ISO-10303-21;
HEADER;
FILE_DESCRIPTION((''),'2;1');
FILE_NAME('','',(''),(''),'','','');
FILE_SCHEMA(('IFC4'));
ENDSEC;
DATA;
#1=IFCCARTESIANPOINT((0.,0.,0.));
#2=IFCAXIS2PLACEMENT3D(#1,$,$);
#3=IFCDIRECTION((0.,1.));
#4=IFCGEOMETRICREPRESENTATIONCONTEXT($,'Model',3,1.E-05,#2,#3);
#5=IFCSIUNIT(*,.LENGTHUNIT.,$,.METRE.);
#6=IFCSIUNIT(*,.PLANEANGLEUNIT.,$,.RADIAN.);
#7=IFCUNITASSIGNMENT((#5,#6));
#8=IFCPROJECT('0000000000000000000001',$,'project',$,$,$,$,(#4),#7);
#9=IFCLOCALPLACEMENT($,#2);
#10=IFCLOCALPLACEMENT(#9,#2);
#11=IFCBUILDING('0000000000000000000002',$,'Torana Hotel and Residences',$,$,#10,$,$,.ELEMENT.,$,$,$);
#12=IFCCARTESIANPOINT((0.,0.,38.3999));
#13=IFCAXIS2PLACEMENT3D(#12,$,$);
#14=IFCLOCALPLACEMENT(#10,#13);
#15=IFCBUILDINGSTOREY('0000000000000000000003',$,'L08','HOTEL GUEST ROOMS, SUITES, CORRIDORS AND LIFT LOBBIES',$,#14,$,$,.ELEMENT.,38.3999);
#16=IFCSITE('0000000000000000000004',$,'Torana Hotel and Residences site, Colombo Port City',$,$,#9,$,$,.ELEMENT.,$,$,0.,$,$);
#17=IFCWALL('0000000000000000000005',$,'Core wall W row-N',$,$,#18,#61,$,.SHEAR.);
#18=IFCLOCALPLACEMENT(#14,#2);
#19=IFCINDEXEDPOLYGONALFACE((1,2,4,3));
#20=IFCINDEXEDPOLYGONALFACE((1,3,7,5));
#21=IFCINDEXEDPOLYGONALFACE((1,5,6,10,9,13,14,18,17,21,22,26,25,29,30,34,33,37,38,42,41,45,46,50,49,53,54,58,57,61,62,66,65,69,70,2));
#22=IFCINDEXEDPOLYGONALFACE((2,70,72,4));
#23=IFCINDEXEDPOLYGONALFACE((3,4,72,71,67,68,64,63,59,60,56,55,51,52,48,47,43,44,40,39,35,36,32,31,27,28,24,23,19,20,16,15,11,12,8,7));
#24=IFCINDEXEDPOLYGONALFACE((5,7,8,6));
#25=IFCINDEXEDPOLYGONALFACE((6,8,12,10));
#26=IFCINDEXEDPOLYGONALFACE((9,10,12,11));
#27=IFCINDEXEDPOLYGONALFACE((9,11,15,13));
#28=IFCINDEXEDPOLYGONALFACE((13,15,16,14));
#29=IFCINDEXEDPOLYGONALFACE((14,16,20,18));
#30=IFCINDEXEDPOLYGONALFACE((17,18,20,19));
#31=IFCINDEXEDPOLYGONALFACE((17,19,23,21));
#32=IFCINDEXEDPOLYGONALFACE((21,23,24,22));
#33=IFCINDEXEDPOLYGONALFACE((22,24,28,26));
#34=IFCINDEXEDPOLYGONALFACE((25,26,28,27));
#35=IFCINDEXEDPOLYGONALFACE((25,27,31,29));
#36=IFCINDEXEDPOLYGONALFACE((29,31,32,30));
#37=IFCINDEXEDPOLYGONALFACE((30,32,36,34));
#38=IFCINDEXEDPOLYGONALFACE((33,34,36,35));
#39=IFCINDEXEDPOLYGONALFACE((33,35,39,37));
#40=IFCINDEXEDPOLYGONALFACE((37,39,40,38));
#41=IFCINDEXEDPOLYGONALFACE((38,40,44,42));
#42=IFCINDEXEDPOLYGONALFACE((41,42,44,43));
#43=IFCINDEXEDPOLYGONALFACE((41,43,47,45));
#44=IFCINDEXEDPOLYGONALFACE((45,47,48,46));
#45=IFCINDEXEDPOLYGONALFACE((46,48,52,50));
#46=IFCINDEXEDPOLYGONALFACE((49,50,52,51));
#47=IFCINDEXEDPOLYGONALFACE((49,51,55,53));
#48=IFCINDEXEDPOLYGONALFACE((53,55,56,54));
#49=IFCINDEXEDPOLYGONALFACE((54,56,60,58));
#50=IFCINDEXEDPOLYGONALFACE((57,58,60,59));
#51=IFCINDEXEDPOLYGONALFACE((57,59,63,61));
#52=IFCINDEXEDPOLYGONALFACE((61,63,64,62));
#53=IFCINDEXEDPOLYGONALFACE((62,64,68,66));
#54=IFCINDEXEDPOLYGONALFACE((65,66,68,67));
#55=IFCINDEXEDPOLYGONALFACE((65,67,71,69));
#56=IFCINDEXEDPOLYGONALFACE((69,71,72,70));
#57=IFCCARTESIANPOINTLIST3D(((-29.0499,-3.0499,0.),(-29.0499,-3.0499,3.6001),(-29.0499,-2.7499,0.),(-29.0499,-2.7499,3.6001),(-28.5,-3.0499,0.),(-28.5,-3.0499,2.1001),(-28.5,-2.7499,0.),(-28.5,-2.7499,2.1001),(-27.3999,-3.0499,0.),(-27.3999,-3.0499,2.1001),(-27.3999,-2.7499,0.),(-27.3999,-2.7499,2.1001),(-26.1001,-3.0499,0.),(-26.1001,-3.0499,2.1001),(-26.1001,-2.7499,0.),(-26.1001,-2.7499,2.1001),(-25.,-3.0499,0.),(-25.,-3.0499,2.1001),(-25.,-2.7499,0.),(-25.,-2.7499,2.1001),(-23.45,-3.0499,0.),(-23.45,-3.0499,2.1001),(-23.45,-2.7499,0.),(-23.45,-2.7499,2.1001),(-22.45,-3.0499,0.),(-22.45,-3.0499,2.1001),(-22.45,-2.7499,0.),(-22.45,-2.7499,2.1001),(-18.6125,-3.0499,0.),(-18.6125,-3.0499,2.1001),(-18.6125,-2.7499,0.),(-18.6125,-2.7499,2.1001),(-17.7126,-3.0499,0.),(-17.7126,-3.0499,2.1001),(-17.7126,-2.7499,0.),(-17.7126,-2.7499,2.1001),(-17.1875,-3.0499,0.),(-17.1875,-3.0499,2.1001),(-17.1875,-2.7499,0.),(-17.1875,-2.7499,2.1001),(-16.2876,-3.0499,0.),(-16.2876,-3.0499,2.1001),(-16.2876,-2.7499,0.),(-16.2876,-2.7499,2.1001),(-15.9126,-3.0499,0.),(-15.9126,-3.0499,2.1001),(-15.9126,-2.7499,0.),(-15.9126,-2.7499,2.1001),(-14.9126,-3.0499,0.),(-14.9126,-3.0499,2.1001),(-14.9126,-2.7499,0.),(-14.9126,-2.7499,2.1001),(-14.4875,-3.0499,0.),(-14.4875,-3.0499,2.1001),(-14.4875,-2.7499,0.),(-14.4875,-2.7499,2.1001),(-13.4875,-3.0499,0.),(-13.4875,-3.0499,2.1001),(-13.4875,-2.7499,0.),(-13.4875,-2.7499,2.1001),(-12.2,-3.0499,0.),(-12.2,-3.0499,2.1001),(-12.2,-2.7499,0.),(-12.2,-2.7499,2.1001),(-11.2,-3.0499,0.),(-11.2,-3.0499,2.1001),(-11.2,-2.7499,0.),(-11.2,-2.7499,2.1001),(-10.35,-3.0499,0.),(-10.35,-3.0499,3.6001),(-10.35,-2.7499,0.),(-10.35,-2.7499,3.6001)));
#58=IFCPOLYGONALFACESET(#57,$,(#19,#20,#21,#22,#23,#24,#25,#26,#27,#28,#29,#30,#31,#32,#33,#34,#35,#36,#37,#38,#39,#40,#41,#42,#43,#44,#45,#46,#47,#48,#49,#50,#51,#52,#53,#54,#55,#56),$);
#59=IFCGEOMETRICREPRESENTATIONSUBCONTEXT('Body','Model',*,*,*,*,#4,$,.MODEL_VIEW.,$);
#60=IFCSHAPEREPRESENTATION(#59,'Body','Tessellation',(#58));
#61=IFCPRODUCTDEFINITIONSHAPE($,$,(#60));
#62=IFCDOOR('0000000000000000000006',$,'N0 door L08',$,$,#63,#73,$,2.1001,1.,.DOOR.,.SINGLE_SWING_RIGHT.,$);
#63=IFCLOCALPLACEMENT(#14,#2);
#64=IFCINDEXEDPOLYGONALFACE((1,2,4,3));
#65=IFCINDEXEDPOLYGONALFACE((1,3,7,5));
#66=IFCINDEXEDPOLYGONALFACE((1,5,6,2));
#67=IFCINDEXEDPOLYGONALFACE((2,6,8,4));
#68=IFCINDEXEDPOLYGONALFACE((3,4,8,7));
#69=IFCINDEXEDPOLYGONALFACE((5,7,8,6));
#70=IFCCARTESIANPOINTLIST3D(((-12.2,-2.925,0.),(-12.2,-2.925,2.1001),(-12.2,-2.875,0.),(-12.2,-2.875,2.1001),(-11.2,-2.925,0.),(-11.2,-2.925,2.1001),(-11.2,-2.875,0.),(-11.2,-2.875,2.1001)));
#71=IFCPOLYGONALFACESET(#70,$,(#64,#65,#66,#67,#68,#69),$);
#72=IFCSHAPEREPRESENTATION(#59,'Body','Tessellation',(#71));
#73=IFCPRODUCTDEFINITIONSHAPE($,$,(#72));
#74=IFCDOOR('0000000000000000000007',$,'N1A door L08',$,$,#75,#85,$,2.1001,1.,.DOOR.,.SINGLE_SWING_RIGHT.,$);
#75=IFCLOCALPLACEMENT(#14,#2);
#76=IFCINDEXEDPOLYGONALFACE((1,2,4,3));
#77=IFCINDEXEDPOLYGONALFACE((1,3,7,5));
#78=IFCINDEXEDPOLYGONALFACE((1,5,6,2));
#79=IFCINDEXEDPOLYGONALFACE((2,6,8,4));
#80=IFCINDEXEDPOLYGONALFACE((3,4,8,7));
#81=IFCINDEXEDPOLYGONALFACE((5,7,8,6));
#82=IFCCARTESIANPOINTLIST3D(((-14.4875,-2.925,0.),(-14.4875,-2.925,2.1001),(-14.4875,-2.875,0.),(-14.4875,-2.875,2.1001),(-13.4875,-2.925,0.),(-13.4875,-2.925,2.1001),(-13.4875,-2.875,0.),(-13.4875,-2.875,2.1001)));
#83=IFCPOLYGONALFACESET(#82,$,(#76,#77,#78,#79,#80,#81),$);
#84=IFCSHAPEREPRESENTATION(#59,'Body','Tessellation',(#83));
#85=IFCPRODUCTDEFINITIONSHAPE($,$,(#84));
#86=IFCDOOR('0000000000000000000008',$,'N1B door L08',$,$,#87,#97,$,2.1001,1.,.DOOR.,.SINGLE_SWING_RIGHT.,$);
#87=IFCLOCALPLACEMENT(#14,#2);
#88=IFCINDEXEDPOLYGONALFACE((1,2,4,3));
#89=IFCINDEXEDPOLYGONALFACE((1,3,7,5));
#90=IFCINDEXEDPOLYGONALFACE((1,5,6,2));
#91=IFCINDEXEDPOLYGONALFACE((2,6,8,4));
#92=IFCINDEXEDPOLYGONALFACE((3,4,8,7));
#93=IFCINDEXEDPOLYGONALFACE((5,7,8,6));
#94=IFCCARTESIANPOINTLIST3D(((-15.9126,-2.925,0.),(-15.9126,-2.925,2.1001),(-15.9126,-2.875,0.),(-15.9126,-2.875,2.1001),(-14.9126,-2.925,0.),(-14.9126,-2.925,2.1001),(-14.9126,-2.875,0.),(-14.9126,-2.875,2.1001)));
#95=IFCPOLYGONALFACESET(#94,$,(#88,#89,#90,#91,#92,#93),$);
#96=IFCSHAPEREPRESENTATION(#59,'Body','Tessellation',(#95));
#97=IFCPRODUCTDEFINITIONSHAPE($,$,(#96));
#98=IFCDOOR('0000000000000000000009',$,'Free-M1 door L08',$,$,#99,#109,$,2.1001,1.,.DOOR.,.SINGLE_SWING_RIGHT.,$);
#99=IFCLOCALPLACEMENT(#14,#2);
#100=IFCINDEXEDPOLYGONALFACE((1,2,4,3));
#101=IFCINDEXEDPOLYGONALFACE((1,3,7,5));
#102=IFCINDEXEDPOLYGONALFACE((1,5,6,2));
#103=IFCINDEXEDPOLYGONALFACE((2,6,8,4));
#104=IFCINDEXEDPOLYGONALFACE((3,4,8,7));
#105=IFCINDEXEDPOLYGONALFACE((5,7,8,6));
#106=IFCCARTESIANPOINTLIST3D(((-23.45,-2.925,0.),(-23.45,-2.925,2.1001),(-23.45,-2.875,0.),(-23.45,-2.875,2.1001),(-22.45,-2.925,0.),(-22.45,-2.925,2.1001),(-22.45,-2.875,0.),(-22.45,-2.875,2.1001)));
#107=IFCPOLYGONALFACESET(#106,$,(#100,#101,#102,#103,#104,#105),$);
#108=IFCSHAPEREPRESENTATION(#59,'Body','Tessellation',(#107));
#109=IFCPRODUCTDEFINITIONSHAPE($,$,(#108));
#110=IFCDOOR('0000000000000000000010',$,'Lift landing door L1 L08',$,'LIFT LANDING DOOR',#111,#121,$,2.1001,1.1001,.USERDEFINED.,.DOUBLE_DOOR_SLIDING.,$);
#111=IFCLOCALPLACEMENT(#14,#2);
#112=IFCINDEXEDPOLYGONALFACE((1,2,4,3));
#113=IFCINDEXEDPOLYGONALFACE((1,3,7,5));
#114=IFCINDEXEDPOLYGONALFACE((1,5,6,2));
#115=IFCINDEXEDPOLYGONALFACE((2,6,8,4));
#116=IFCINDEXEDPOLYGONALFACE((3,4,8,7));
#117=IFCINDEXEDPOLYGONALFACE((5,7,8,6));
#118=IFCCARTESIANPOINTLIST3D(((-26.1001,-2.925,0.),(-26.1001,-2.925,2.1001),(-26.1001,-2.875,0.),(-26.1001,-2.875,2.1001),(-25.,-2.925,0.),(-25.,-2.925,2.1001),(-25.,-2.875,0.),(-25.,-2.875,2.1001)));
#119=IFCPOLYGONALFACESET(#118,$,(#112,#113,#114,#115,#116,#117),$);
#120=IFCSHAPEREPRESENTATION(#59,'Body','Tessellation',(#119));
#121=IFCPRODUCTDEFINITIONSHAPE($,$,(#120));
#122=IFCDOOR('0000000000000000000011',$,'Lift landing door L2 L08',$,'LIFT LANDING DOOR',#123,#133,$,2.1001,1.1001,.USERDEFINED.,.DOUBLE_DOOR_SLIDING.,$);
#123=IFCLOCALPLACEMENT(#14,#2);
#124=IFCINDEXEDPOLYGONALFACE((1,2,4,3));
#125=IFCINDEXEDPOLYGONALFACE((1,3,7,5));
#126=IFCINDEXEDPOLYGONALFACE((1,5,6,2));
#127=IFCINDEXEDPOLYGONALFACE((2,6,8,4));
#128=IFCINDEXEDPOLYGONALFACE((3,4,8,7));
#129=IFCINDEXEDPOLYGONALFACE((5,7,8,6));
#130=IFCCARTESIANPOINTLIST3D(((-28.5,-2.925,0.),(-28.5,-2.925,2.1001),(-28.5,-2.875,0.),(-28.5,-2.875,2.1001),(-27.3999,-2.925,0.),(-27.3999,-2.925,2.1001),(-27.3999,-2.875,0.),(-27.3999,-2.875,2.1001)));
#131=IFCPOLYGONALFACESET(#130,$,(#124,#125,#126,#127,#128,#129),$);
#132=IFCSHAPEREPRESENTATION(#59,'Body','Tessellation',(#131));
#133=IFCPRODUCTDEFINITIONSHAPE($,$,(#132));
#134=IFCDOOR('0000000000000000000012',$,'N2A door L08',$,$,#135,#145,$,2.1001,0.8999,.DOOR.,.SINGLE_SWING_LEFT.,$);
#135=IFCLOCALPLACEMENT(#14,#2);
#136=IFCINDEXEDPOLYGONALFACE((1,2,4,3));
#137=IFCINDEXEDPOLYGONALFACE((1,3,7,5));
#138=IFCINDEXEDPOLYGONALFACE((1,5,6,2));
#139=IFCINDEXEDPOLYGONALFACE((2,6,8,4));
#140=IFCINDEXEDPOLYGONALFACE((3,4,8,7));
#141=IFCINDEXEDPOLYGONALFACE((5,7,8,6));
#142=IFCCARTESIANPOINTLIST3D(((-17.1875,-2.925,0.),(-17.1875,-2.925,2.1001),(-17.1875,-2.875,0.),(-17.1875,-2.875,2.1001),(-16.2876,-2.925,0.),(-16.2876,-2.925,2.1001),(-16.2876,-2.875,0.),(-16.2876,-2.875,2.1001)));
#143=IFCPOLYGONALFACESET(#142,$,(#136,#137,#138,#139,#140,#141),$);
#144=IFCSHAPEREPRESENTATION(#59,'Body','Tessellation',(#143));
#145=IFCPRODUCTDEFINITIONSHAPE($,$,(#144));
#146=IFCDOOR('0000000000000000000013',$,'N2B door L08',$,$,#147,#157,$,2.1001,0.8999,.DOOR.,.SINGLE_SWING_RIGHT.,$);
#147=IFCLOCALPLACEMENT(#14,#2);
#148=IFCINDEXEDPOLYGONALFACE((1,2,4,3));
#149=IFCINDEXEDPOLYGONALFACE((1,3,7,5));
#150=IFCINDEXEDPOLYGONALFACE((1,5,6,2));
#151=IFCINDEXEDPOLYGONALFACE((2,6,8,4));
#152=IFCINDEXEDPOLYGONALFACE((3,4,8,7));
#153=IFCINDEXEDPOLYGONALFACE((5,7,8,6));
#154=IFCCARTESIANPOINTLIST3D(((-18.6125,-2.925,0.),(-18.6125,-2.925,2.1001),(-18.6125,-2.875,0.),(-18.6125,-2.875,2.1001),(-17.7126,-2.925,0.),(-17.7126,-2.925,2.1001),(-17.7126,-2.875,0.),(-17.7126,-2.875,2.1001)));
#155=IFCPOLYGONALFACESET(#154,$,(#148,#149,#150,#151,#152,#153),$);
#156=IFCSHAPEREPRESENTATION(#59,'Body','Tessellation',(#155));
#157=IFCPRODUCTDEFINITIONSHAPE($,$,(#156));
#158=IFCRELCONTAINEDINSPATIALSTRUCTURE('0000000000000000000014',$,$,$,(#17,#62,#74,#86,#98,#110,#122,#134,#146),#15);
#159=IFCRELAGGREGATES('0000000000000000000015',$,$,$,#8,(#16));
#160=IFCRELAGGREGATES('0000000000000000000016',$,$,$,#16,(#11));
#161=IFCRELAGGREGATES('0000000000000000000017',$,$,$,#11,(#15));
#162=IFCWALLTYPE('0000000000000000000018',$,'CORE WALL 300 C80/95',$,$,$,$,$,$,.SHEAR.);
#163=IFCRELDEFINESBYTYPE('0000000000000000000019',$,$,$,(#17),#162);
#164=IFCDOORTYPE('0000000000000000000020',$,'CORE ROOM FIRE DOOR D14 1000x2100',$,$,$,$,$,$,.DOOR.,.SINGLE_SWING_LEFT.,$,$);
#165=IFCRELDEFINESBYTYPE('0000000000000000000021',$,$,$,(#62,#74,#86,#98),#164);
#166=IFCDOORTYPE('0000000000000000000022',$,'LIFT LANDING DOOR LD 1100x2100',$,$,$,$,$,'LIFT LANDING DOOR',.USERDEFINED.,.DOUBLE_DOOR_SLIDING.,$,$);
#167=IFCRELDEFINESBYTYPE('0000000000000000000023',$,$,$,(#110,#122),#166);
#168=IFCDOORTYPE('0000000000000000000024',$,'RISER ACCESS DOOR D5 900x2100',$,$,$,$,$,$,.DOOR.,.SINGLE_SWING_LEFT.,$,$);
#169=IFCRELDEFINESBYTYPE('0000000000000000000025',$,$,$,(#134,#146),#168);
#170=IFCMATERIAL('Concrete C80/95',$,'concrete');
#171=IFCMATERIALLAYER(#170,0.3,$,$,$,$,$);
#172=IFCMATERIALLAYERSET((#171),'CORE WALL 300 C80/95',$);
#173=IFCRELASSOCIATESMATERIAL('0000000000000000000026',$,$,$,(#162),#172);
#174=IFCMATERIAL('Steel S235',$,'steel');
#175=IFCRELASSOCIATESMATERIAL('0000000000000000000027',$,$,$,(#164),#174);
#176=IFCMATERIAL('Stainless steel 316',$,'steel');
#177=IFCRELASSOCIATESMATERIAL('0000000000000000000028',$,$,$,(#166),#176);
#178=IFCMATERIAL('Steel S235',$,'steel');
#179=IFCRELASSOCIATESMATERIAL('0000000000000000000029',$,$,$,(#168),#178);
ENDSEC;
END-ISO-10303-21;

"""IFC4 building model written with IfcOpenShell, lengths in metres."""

from ifc_helpers import new_model, si_unit, direction, frame, frame_2d, origin, place, context, subcontext, project, spatial, rectangle, extrude, material, layer, layer_set, type_object, element, fill, save


model = new_model("IFC4")

# Units and contexts
model_context = context("Model", 3, precision=1e-05, world=origin(), true_north=direction((0.0, 1.0)))
body_context = subcontext(model_context, "Body", "Model", "MODEL_VIEW")
ifc_project = project(units=[si_unit("LENGTHUNIT", "METRE"), si_unit("PLANEANGLEUNIT", "RADIAN")], contexts=[model_context])

# Site, building, storey
site_placement = place(None, origin())
site = spatial("IfcSite", under=ifc_project, at=site_placement, Name="Torana Hotel and Residences site, Colombo Port City", CompositionType="ELEMENT", RefElevation=0.0)
building_placement = place(site_placement, origin())
building = spatial("IfcBuilding", under=site, at=building_placement, Name="Torana Hotel and Residences", CompositionType="ELEMENT")
storey_placement = place(building_placement, frame((0.0, 0.0, 38.3999)))
storey = spatial("IfcBuildingStorey", under=building, at=storey_placement, Name="L08", Description="HOTEL GUEST ROOMS, SUITES, CORRIDORS AND LIFT LOBBIES", CompositionType="ELEMENT", Elevation=38.3999)

# Wall, openings, doors
ifc_material_1 = material(Name="Concrete C80/95", Category="concrete")
ifc_layer_1 = layer(ifc_material_1, 0.3)
ifc_layer_set_1 = layer_set([ifc_layer_1], Name="CORE WALL 300 C80/95")
wall_type_1 = type_object("IfcWallType", Name="CORE WALL 300 C80/95", PredefinedType="SHEAR", material=ifc_layer_set_1)
wall_1_placement = place(storey_placement, frame((-29.05, -2.8999, 0.0), z_axis=(0.0, 0.0, 1.0), x_axis=(1.0, 0.0, 0.0)))
wall_1 = element("IfcWall", 1, at=wall_1_placement, inside=storey, type_object=wall_type_1, Name="Core wall W row-N", PredefinedType="SHEAR", context=body_context, shape_type="SweptSolid", body=[
    extrude(rectangle(XDim=18.7, YDim=0.3, at=frame_2d((9.3501, 0.0))), origin(), (0.0, 0.0, 1.0), 3.6001),
])
opening_1_placement = place(wall_1_placement, frame((2.95, 0.0, 0.0)))
opening_1 = element("IfcOpeningElement", 2, at=opening_1_placement, cuts=wall_1, PredefinedType="OPENING", context=body_context, shape_type="SweptSolid", body=[
    extrude(rectangle(XDim=1.1001, YDim=2.1001, at=frame_2d((0.55, 1.05))), frame((0.0, 0.1599, 0.0), z_axis=(0.0, -1.0, 0.0), x_axis=(1.0, 0.0, 0.0)), (0.0, 0.0, 1.0), 0.3201),
])
opening_2_placement = place(wall_1_placement, frame((0.55, 0.0, 0.0)))
opening_2 = element("IfcOpeningElement", 3, at=opening_2_placement, cuts=wall_1, PredefinedType="OPENING", context=body_context, shape_type="SweptSolid", body=[
    extrude(rectangle(XDim=1.1001, YDim=2.1001, at=frame_2d((0.55, 1.05))), frame((0.0, 0.1599, 0.0), z_axis=(0.0, -1.0, 0.0), x_axis=(1.0, 0.0, 0.0)), (0.0, 0.0, 1.0), 0.3201),
])
opening_3_placement = place(wall_1_placement, frame((11.8625, 0.0, 0.0)))
opening_3 = element("IfcOpeningElement", 4, at=opening_3_placement, cuts=wall_1, PredefinedType="OPENING", context=body_context, shape_type="SweptSolid", body=[
    extrude(rectangle(XDim=0.8999, YDim=2.1001, at=frame_2d((0.45, 1.05))), frame((0.0, 0.1599, 0.0), z_axis=(0.0, -1.0, 0.0), x_axis=(1.0, 0.0, 0.0)), (0.0, 0.0, 1.0), 0.3201),
])
opening_4_placement = place(wall_1_placement, frame((10.4375, 0.0, 0.0)))
opening_4 = element("IfcOpeningElement", 5, at=opening_4_placement, cuts=wall_1, PredefinedType="OPENING", context=body_context, shape_type="SweptSolid", body=[
    extrude(rectangle(XDim=0.8999, YDim=2.1001, at=frame_2d((0.45, 1.05))), frame((0.0, 0.1599, 0.0), z_axis=(0.0, -1.0, 0.0), x_axis=(1.0, 0.0, 0.0)), (0.0, 0.0, 1.0), 0.3201),
])
opening_5_placement = place(wall_1_placement, frame((16.8501, 0.0, 0.0)))
opening_5 = element("IfcOpeningElement", 6, at=opening_5_placement, cuts=wall_1, PredefinedType="OPENING", context=body_context, shape_type="SweptSolid", body=[
    extrude(rectangle(XDim=1.0, YDim=2.1001, at=frame_2d((0.5, 1.05))), frame((0.0, 0.1599, 0.0), z_axis=(0.0, -1.0, 0.0), x_axis=(1.0, 0.0, 0.0)), (0.0, 0.0, 1.0), 0.3201),
])
opening_6_placement = place(wall_1_placement, frame((14.5625, 0.0, 0.0)))
opening_6 = element("IfcOpeningElement", 7, at=opening_6_placement, cuts=wall_1, PredefinedType="OPENING", context=body_context, shape_type="SweptSolid", body=[
    extrude(rectangle(XDim=1.0, YDim=2.1001, at=frame_2d((0.5, 1.05))), frame((0.0, 0.1599, 0.0), z_axis=(0.0, -1.0, 0.0), x_axis=(1.0, 0.0, 0.0)), (0.0, 0.0, 1.0), 0.3201),
])
opening_7_placement = place(wall_1_placement, frame((13.1375, 0.0, 0.0)))
opening_7 = element("IfcOpeningElement", 8, at=opening_7_placement, cuts=wall_1, PredefinedType="OPENING", context=body_context, shape_type="SweptSolid", body=[
    extrude(rectangle(XDim=1.0, YDim=2.1001, at=frame_2d((0.5, 1.05))), frame((0.0, 0.1599, 0.0), z_axis=(0.0, -1.0, 0.0), x_axis=(1.0, 0.0, 0.0)), (0.0, 0.0, 1.0), 0.3201),
])
opening_8_placement = place(wall_1_placement, frame((5.6001, 0.0, 0.0)))
opening_8 = element("IfcOpeningElement", 9, at=opening_8_placement, cuts=wall_1, PredefinedType="OPENING", context=body_context, shape_type="SweptSolid", body=[
    extrude(rectangle(XDim=1.0, YDim=2.1001, at=frame_2d((0.5, 1.05))), frame((0.0, 0.1599, 0.0), z_axis=(0.0, -1.0, 0.0), x_axis=(1.0, 0.0, 0.0)), (0.0, 0.0, 1.0), 0.3201),
])
ifc_material_2 = material(Name="Steel S235", Category="steel")
door_type_1 = type_object("IfcDoorType", Name="CORE ROOM FIRE DOOR D14 1000x2100", OperationType="SINGLE_SWING_LEFT", PredefinedType="DOOR", material=ifc_material_2)
door_1_placement = place(opening_5_placement, origin())
door_1 = element("IfcDoor", 10, at=door_1_placement, inside=storey, type_object=door_type_1, Name="N0 door L08", OperationType="SINGLE_SWING_RIGHT", OverallHeight=2.1001, OverallWidth=1.0, PredefinedType="DOOR", context=body_context, shape_type="SweptSolid", body=[
    extrude(rectangle(XDim=1.0, YDim=2.1001, at=frame_2d((0.5, 1.05))), frame((0.0, 0.0249, 0.0), z_axis=(0.0, -1.0, 0.0), x_axis=(1.0, 0.0, 0.0)), (0.0, 0.0, 1.0), 0.05),
])
fill(opening_5, door_1)
door_2_placement = place(opening_6_placement, origin())
door_2 = element("IfcDoor", 11, at=door_2_placement, inside=storey, type_object=door_type_1, Name="N1A door L08", OperationType="SINGLE_SWING_RIGHT", OverallHeight=2.1001, OverallWidth=1.0, PredefinedType="DOOR", context=body_context, shape_type="SweptSolid", body=[
    extrude(rectangle(XDim=1.0, YDim=2.1001, at=frame_2d((0.5, 1.05))), frame((0.0, 0.0249, 0.0), z_axis=(0.0, -1.0, 0.0), x_axis=(1.0, 0.0, 0.0)), (0.0, 0.0, 1.0), 0.05),
])
fill(opening_6, door_2)
door_3_placement = place(opening_7_placement, origin())
door_3 = element("IfcDoor", 12, at=door_3_placement, inside=storey, type_object=door_type_1, Name="N1B door L08", OperationType="SINGLE_SWING_RIGHT", OverallHeight=2.1001, OverallWidth=1.0, PredefinedType="DOOR", context=body_context, shape_type="SweptSolid", body=[
    extrude(rectangle(XDim=1.0, YDim=2.1001, at=frame_2d((0.5, 1.05))), frame((0.0, 0.0249, 0.0), z_axis=(0.0, -1.0, 0.0), x_axis=(1.0, 0.0, 0.0)), (0.0, 0.0, 1.0), 0.05),
])
fill(opening_7, door_3)
door_4_placement = place(opening_8_placement, origin())
door_4 = element("IfcDoor", 13, at=door_4_placement, inside=storey, type_object=door_type_1, Name="Free-M1 door L08", OperationType="SINGLE_SWING_RIGHT", OverallHeight=2.1001, OverallWidth=1.0, PredefinedType="DOOR", context=body_context, shape_type="SweptSolid", body=[
    extrude(rectangle(XDim=1.0, YDim=2.1001, at=frame_2d((0.5, 1.05))), frame((0.0, 0.0249, 0.0), z_axis=(0.0, -1.0, 0.0), x_axis=(1.0, 0.0, 0.0)), (0.0, 0.0, 1.0), 0.05),
])
fill(opening_8, door_4)
ifc_material_3 = material(Name="Stainless steel 316", Category="steel")
door_type_2 = type_object("IfcDoorType", Name="LIFT LANDING DOOR LD 1100x2100", ElementType="LIFT LANDING DOOR", OperationType="DOUBLE_DOOR_SLIDING", PredefinedType="USERDEFINED", material=ifc_material_3)
door_5_placement = place(opening_1_placement, origin())
door_5 = element("IfcDoor", 14, at=door_5_placement, inside=storey, type_object=door_type_2, Name="Lift landing door L1 L08", ObjectType="LIFT LANDING DOOR", OperationType="DOUBLE_DOOR_SLIDING", OverallHeight=2.1001, OverallWidth=1.1001, PredefinedType="USERDEFINED", context=body_context, shape_type="SweptSolid", body=[
    extrude(rectangle(XDim=1.1001, YDim=2.1001, at=frame_2d((0.55, 1.05))), frame((0.0, 0.0249, 0.0), z_axis=(0.0, -1.0, 0.0), x_axis=(1.0, 0.0, 0.0)), (0.0, 0.0, 1.0), 0.05),
])
fill(opening_1, door_5)
door_6_placement = place(opening_2_placement, origin())
door_6 = element("IfcDoor", 15, at=door_6_placement, inside=storey, type_object=door_type_2, Name="Lift landing door L2 L08", ObjectType="LIFT LANDING DOOR", OperationType="DOUBLE_DOOR_SLIDING", OverallHeight=2.1001, OverallWidth=1.1001, PredefinedType="USERDEFINED", context=body_context, shape_type="SweptSolid", body=[
    extrude(rectangle(XDim=1.1001, YDim=2.1001, at=frame_2d((0.55, 1.05))), frame((0.0, 0.0249, 0.0), z_axis=(0.0, -1.0, 0.0), x_axis=(1.0, 0.0, 0.0)), (0.0, 0.0, 1.0), 0.05),
])
fill(opening_2, door_6)
ifc_material_4 = material(Name="Steel S235", Category="steel")
door_type_3 = type_object("IfcDoorType", Name="RISER ACCESS DOOR D5 900x2100", OperationType="SINGLE_SWING_LEFT", PredefinedType="DOOR", material=ifc_material_4)
door_7_placement = place(opening_3_placement, origin())
door_7 = element("IfcDoor", 16, at=door_7_placement, inside=storey, type_object=door_type_3, Name="N2A door L08", OperationType="SINGLE_SWING_LEFT", OverallHeight=2.1001, OverallWidth=0.8999, PredefinedType="DOOR", context=body_context, shape_type="SweptSolid", body=[
    extrude(rectangle(XDim=0.8999, YDim=2.1001, at=frame_2d((0.45, 1.05))), frame((0.0, 0.0249, 0.0), z_axis=(0.0, -1.0, 0.0), x_axis=(1.0, 0.0, 0.0)), (0.0, 0.0, 1.0), 0.05),
])
fill(opening_3, door_7)
door_8_placement = place(opening_4_placement, origin())
door_8 = element("IfcDoor", 17, at=door_8_placement, inside=storey, type_object=door_type_3, Name="N2B door L08", OperationType="SINGLE_SWING_RIGHT", OverallHeight=2.1001, OverallWidth=0.8999, PredefinedType="DOOR", context=body_context, shape_type="SweptSolid", body=[
    extrude(rectangle(XDim=0.8999, YDim=2.1001, at=frame_2d((0.45, 1.05))), frame((0.0, 0.0249, 0.0), z_axis=(0.0, -1.0, 0.0), x_axis=(1.0, 0.0, 0.0)), (0.0, 0.0, 1.0), 0.05),
])
fill(opening_4, door_8)

save(model, "model.ifc")
